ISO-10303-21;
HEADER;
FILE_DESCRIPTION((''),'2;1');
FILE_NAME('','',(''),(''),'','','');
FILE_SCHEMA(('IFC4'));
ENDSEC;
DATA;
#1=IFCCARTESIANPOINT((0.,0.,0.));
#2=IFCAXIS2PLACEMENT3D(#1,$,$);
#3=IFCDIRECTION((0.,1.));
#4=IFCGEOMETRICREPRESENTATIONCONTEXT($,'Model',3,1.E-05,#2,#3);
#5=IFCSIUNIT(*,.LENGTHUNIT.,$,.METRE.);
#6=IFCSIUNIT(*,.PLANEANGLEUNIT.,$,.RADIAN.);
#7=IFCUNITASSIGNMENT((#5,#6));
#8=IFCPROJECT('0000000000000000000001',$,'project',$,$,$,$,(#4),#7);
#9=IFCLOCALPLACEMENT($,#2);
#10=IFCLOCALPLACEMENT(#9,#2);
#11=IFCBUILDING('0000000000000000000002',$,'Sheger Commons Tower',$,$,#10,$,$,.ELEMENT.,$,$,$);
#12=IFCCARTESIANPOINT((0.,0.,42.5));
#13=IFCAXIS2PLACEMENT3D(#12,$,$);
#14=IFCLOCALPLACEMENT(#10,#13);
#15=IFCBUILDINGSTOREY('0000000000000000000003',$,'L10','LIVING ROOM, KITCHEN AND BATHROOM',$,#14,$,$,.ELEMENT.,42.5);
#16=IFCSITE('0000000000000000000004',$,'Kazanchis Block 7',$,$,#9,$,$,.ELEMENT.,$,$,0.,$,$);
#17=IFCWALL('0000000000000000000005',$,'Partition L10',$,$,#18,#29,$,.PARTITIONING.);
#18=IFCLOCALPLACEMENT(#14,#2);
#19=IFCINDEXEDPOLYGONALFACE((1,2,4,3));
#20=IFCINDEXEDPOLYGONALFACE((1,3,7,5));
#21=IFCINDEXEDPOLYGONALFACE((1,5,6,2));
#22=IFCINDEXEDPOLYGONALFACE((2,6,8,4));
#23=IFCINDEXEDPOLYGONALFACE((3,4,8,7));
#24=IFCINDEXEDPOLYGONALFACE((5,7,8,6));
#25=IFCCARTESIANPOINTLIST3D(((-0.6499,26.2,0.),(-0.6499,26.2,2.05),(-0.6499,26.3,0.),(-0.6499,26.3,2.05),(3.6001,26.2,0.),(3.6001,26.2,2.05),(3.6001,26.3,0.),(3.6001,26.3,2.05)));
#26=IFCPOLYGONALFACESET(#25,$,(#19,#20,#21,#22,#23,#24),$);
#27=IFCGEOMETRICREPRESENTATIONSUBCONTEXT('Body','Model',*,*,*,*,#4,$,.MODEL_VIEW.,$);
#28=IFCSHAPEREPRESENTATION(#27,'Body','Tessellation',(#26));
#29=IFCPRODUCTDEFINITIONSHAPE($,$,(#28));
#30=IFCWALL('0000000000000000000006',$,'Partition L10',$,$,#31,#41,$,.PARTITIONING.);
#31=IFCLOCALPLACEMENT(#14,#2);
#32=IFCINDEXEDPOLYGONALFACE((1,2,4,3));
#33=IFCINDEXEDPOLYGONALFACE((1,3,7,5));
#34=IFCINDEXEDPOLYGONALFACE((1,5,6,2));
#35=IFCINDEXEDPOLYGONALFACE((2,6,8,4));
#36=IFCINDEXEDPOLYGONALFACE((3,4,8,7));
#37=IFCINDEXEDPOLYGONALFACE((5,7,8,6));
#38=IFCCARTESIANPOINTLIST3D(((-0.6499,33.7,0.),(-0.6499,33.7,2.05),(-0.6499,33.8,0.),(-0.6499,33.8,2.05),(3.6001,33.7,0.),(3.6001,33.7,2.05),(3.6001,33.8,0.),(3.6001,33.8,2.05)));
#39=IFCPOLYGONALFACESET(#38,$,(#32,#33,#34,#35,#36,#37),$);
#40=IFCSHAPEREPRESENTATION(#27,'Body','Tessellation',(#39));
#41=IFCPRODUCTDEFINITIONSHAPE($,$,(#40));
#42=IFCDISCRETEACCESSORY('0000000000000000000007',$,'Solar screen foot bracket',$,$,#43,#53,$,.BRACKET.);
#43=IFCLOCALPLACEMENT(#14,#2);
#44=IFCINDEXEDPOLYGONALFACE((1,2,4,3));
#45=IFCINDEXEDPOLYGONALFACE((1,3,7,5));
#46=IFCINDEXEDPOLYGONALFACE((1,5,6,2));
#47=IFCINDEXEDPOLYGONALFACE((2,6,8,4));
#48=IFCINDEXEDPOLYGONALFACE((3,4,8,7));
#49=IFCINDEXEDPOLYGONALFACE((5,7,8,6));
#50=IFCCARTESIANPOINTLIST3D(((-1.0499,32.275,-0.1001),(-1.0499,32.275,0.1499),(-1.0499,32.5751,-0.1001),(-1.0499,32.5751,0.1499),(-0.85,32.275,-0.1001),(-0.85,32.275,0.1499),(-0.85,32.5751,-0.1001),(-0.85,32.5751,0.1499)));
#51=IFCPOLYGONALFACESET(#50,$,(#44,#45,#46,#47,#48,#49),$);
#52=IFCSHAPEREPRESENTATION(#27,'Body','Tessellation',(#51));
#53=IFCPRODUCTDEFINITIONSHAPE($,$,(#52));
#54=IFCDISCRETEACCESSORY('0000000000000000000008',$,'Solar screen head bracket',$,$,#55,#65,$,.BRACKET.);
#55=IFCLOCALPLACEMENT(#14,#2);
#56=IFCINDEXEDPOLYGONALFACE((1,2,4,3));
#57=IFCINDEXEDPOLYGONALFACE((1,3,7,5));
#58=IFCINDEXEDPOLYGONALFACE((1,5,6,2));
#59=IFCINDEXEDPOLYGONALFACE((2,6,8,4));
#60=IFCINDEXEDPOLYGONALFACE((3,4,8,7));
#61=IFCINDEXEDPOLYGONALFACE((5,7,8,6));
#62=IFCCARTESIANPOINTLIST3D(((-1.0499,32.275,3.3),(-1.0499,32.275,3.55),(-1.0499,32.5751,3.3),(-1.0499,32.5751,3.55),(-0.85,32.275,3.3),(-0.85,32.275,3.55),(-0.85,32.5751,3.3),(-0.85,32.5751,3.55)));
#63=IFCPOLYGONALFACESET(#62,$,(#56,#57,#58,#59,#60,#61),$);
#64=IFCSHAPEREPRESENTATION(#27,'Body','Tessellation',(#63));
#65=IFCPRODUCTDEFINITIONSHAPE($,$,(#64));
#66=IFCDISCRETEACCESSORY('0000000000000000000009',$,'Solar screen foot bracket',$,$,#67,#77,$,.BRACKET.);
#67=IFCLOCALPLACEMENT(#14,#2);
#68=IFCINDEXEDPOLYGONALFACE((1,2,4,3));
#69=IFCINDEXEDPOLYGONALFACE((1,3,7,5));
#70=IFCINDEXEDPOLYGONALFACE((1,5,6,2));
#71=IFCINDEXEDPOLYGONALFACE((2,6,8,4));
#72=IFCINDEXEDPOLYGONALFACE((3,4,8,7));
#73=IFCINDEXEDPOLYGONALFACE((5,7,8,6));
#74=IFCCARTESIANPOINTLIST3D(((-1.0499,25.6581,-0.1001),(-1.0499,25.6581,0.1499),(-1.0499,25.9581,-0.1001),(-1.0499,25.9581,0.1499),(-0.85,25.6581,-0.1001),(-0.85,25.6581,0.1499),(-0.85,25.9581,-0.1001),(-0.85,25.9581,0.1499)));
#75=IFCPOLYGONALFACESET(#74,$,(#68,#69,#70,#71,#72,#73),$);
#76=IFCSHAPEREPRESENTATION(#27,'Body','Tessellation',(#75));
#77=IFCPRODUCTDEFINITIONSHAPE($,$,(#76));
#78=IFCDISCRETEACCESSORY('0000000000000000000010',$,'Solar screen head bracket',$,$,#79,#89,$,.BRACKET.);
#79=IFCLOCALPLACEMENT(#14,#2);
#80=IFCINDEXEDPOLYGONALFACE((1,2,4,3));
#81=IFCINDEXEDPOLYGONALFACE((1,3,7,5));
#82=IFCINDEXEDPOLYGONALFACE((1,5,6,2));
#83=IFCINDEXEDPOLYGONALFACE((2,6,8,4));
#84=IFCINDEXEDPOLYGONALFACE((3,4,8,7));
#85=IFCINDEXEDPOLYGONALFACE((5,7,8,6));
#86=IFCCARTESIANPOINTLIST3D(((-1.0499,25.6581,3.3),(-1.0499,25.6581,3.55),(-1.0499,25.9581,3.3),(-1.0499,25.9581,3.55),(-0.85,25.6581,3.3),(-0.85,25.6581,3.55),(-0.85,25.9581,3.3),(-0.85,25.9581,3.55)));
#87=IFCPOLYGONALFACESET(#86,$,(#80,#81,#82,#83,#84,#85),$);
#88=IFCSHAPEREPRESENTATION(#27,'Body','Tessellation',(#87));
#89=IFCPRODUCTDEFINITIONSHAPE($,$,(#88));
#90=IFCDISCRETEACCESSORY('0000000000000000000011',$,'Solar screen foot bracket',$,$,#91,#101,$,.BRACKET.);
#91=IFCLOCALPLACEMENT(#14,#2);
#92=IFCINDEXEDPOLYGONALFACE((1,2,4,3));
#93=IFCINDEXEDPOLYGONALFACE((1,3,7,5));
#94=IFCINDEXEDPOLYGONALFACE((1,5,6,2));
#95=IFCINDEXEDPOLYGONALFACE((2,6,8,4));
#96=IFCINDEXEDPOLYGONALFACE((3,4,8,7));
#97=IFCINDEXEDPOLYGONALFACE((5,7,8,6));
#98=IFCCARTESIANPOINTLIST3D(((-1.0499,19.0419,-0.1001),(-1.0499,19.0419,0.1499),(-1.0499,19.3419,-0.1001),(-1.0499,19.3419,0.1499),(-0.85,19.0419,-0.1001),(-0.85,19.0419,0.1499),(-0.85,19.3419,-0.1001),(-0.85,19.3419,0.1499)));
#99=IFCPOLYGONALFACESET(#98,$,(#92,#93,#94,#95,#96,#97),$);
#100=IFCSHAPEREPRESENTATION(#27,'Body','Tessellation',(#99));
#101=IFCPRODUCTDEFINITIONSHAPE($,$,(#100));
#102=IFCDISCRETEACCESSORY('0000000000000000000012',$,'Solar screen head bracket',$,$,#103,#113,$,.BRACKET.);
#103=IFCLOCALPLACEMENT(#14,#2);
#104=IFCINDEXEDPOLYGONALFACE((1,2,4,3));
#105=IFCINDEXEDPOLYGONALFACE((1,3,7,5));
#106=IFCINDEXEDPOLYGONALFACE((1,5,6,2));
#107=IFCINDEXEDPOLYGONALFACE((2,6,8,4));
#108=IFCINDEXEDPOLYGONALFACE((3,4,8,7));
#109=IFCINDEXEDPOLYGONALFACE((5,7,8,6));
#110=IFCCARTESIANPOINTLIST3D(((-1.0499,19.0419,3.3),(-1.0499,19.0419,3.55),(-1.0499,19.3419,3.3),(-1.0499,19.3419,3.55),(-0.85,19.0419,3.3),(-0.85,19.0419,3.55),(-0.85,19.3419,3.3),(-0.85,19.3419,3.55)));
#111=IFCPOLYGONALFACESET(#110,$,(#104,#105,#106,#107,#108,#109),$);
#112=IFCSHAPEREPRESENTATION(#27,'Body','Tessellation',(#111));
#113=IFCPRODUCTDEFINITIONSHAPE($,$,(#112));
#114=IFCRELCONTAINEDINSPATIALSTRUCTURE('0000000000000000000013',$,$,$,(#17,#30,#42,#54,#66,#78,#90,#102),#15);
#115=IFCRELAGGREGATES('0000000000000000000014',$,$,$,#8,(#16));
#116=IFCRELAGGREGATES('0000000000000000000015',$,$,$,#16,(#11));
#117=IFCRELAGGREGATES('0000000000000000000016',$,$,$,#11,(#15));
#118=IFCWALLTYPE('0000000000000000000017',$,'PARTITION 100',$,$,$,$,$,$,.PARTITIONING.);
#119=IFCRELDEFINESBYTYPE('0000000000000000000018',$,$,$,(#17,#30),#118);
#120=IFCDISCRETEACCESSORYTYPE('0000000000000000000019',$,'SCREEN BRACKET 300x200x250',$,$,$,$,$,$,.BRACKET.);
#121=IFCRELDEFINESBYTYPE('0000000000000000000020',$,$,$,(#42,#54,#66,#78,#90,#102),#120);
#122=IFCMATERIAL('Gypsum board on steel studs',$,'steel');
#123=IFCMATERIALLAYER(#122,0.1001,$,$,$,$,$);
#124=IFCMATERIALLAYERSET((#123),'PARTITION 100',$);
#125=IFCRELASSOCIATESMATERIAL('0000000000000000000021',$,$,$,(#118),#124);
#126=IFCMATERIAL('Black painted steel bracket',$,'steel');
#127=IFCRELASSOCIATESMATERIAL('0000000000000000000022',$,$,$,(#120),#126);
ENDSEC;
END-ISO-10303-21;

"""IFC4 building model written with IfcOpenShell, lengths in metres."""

from ifc_helpers import new_model, si_unit, direction, frame, frame_2d, origin, origin_2d, place, context, subcontext, project, spatial, rectangle, extrude, material, layer, layer_set, type_object, element, save


model = new_model("IFC4")

# Units and contexts
model_context = context("Model", 3, precision=1e-05, world=origin(), true_north=direction((0.0, 1.0)))
body_context = subcontext(model_context, "Body", "Model", "MODEL_VIEW")
ifc_project = project(units=[si_unit("LENGTHUNIT", "METRE"), si_unit("PLANEANGLEUNIT", "RADIAN")], contexts=[model_context])

# Site, building, storey
site_placement = place(None, origin())
site = spatial("IfcSite", under=ifc_project, at=site_placement, Name="Kazanchis Block 7", CompositionType="ELEMENT", RefElevation=0.0)
building_placement = place(site_placement, origin())
building = spatial("IfcBuilding", under=site, at=building_placement, Name="Sheger Commons Tower", CompositionType="ELEMENT")
storey_placement = place(building_placement, frame((0.0, 0.0, 42.5)))
storey = spatial("IfcBuildingStorey", under=building, at=storey_placement, Name="L10", Description="LIVING ROOM, KITCHEN AND BATHROOM", CompositionType="ELEMENT", Elevation=42.5)

# Shared definitions
ifc_material_1 = material(Name="Gypsum board on steel studs", Category="steel")
ifc_layer_1 = layer(ifc_material_1, 0.1001)
ifc_layer_set_1 = layer_set([ifc_layer_1], Name="PARTITION 100")
wall_type_1 = type_object("IfcWallType", Name="PARTITION 100", PredefinedType="PARTITIONING", material=ifc_layer_set_1)

# Walls
for number, where, z_axis, x_axis, name in (
    (1, (-0.6499, 26.25, 0.0), (0.0, 0.0, 1.0), (1.0, 0.0, 0.0), "Partition L10"),
    (2, (-0.6499, 33.75, 0.0), (0.0, 0.0, 1.0), (1.0, 0.0, 0.0), "Partition L10"),
):
    element("IfcWall", number, at=place(storey_placement, frame(where, z_axis=z_axis, x_axis=x_axis)), inside=storey, type_object=wall_type_1, Name=name, PredefinedType="PARTITIONING", context=body_context, shape_type="SweptSolid", body=[
        extrude(rectangle(XDim=4.25, YDim=0.1001, at=frame_2d((2.125, 0.0))), origin(), (0.0, 0.0, 1.0), 2.05),
    ])

# Discrete accessories
ifc_material_2 = material(Name="Black painted steel bracket", Category="steel")
discrete_accessory_type = type_object("IfcDiscreteAccessoryType", Name="SCREEN BRACKET 300x200x250", PredefinedType="BRACKET", material=ifc_material_2)
for number, where, z_axis, x_axis, name in (
    (3, (-0.95, 32.425, -0.1001), (0.0, 0.0, 1.0), (0.0, -1.0, 0.0), "Solar screen foot bracket"),
    (4, (-0.95, 32.425, 3.3), (0.0, 0.0, 1.0), (0.0, -1.0, 0.0), "Solar screen head bracket"),
    (5, (-0.95, 25.8081, -0.1001), (0.0, 0.0, 1.0), (0.0, -1.0, 0.0), "Solar screen foot bracket"),
    (6, (-0.95, 25.8081, 3.3), (0.0, 0.0, 1.0), (0.0, -1.0, 0.0), "Solar screen head bracket"),
    (7, (-0.95, 19.1919, -0.1001), (0.0, 0.0, 1.0), (0.0, -1.0, 0.0), "Solar screen foot bracket"),
    (8, (-0.95, 19.1919, 3.3), (0.0, 0.0, 1.0), (0.0, -1.0, 0.0), "Solar screen head bracket"),
):
    element("IfcDiscreteAccessory", number, at=place(storey_placement, frame(where, z_axis=z_axis, x_axis=x_axis)), inside=storey, type_object=discrete_accessory_type, Name=name, PredefinedType="BRACKET", context=body_context, shape_type="SweptSolid", body=[
        extrude(rectangle(XDim=0.3, YDim=0.2, at=origin_2d()), origin(), (0.0, 0.0, 1.0), 0.25),
    ])

save(model, "model.ifc")
